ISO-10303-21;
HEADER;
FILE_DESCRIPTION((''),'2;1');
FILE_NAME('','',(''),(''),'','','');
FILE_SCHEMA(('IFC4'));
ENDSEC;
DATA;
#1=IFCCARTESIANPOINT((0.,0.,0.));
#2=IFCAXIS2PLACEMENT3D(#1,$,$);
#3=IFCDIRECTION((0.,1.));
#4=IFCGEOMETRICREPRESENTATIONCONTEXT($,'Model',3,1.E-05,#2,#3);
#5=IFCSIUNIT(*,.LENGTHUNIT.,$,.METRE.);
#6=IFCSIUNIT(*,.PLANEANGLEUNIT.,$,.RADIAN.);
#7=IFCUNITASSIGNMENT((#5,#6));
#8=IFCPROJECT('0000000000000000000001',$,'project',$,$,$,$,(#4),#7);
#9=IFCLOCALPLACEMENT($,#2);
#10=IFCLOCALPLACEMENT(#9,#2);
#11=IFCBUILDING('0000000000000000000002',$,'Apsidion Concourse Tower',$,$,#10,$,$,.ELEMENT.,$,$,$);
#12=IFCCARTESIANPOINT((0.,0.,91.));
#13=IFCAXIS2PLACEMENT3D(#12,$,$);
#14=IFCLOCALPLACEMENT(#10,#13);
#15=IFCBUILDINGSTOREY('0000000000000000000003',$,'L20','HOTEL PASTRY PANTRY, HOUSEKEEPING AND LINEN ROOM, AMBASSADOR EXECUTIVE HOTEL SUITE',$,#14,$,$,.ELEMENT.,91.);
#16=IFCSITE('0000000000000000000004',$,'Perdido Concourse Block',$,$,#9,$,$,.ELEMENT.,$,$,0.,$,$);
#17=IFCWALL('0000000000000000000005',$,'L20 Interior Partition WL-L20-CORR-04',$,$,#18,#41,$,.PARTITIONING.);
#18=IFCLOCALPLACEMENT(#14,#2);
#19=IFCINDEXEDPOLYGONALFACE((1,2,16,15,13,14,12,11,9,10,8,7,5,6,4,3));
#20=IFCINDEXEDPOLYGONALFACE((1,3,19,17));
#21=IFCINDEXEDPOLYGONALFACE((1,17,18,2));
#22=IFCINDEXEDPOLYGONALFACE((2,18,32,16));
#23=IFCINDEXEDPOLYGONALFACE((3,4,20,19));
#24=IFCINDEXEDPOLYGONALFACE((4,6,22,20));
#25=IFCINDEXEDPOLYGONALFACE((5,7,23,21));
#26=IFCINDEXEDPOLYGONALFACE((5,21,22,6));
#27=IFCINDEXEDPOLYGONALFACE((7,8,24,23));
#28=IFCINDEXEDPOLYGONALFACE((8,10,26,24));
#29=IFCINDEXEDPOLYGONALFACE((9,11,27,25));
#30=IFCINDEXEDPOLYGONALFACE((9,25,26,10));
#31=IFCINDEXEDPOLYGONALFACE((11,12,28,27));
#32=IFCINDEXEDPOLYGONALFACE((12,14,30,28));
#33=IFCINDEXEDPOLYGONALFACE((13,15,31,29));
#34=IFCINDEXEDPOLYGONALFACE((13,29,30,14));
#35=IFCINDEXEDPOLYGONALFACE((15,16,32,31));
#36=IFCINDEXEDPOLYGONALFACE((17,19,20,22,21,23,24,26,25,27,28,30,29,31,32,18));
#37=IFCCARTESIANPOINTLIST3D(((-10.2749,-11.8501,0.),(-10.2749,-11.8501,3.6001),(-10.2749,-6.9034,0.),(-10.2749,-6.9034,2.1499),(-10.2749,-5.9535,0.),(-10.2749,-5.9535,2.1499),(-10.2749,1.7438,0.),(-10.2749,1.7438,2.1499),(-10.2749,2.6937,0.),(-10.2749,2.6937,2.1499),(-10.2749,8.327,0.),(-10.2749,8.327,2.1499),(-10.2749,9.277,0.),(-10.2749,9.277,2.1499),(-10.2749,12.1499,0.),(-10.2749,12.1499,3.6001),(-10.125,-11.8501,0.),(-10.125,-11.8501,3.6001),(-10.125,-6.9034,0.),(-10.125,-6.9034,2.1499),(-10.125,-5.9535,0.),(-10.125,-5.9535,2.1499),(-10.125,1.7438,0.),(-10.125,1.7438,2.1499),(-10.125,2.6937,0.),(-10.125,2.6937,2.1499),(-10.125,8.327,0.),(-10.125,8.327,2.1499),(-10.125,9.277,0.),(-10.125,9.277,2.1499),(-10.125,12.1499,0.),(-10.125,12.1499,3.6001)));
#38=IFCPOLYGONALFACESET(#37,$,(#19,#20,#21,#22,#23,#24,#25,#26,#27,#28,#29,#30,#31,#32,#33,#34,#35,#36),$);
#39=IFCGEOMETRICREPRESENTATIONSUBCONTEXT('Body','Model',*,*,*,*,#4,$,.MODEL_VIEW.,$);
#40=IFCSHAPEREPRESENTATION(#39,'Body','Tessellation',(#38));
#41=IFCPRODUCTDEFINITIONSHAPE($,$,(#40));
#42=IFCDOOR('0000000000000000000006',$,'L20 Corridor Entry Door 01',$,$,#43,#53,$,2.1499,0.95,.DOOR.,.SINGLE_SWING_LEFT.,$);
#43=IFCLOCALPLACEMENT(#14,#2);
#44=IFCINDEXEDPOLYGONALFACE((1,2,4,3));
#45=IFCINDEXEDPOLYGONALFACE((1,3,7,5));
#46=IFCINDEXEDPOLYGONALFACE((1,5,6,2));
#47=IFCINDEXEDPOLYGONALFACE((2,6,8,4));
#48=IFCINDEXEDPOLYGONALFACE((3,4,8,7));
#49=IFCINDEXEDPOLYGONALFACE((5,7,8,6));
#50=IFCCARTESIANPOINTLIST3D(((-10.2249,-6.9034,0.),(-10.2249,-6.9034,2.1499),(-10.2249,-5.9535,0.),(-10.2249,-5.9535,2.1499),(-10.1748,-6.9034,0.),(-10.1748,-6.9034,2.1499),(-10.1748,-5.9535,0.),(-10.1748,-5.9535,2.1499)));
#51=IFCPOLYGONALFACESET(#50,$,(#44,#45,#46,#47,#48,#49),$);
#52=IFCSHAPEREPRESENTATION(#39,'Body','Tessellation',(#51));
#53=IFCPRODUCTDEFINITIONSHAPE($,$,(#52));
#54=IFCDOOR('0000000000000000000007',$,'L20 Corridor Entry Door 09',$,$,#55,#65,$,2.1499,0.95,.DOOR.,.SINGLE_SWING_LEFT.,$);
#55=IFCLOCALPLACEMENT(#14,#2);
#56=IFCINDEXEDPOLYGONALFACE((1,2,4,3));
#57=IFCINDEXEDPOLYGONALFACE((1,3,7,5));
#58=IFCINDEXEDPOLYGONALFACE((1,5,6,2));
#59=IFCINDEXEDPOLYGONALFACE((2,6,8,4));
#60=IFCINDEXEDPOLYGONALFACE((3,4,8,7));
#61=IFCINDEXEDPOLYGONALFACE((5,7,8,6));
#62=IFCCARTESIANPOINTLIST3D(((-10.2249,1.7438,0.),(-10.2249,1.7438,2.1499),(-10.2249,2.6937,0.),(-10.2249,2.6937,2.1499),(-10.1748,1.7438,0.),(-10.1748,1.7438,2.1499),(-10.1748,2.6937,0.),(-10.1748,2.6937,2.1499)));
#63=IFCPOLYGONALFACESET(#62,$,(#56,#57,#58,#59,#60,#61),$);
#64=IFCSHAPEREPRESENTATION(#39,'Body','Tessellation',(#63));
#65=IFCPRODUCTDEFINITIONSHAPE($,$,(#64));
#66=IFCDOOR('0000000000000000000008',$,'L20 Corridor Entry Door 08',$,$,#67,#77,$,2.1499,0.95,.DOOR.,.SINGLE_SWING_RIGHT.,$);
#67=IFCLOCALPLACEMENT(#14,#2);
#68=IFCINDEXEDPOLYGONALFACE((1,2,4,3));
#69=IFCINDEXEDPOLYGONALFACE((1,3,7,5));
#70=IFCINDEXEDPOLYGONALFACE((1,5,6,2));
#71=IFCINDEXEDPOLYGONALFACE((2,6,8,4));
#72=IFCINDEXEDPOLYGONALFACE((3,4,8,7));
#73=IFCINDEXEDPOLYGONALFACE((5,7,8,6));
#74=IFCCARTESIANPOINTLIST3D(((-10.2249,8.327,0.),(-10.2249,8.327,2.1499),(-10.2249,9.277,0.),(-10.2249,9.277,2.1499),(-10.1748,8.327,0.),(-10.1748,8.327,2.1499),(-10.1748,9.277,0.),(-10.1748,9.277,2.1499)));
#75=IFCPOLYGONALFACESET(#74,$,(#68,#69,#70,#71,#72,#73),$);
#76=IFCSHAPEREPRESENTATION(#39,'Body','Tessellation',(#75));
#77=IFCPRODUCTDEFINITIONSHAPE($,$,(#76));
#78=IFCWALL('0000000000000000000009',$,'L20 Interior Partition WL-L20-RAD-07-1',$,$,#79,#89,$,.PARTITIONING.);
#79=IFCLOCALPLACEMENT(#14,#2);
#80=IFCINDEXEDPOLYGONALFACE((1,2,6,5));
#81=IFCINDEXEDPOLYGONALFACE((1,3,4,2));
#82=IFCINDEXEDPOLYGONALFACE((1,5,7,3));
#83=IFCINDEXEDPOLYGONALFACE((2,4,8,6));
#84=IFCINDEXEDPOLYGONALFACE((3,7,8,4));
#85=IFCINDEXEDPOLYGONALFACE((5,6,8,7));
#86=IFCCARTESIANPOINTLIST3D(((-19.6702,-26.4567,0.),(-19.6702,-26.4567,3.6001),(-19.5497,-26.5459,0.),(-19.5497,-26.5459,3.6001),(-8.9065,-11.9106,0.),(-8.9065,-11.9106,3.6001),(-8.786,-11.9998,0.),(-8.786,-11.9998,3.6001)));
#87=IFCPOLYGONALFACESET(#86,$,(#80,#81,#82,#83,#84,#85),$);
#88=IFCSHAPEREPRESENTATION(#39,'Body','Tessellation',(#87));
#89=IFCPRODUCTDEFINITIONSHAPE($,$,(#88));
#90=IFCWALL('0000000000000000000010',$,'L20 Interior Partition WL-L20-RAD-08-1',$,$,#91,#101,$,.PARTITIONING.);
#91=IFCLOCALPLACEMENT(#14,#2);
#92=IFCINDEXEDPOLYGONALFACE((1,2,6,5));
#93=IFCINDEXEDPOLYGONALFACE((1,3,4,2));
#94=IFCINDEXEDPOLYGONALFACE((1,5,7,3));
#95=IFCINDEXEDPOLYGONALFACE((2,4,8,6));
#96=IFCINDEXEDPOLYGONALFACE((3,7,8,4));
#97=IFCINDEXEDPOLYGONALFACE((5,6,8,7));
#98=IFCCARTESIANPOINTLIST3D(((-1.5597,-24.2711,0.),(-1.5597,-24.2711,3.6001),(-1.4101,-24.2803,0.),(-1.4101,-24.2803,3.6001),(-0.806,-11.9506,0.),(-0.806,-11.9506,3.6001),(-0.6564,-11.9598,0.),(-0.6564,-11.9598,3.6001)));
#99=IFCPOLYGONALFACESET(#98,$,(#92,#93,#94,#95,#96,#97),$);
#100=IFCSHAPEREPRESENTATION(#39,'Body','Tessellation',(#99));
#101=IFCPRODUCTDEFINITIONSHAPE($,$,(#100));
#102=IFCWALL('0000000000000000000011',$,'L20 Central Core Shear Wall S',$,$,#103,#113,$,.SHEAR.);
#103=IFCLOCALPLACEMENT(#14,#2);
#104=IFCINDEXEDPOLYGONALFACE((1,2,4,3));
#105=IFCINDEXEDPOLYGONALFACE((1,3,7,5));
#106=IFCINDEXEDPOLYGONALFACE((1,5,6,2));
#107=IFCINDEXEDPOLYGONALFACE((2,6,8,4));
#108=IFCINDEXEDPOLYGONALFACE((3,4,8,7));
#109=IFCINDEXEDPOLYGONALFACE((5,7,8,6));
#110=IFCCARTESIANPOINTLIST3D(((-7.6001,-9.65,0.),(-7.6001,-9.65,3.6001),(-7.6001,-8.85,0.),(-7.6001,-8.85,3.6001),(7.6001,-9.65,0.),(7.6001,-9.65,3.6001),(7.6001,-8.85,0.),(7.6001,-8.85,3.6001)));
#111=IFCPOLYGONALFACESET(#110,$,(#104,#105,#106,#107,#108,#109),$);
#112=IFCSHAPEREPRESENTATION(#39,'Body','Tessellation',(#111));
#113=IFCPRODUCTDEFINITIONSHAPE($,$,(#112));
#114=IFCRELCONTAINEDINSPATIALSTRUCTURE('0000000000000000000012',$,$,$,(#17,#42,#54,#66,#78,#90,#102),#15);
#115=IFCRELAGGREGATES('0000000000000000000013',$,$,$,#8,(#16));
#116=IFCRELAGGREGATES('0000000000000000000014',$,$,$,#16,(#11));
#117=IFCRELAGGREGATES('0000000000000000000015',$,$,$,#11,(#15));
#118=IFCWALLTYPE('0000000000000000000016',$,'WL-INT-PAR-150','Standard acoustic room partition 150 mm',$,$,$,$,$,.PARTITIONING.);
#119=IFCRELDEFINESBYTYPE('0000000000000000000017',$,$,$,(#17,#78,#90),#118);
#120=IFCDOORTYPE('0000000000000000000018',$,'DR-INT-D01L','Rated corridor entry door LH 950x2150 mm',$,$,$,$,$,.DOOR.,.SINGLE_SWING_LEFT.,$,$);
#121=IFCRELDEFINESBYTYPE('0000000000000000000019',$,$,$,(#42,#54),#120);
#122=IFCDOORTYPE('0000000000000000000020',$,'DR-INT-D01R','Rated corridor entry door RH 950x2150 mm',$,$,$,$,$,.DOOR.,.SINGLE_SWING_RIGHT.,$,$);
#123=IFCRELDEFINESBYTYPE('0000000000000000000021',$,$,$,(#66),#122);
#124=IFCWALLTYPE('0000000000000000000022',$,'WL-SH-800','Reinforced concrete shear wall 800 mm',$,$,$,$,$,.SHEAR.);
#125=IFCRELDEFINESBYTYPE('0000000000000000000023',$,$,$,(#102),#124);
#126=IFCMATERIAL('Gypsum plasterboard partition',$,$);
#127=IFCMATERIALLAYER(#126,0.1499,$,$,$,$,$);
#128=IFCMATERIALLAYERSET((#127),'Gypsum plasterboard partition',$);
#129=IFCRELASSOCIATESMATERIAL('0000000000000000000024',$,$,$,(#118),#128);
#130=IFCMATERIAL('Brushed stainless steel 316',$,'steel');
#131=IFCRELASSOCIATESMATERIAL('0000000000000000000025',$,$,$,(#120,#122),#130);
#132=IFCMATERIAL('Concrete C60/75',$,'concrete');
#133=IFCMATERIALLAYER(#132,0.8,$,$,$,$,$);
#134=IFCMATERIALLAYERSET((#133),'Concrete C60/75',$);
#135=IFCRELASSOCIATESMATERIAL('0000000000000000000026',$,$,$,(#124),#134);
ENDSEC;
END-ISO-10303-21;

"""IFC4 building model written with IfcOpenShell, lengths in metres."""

from ifc_helpers import new_model, si_unit, direction, frame, frame_2d, origin, place, context, subcontext, project, spatial, rectangle, extrude, material, layer, layer_set, type_object, element, fill, save


model = new_model("IFC4")

# Units and contexts
model_context = context("Model", 3, precision=1e-05, world=origin(), true_north=direction((0.0, 1.0)))
body_context = subcontext(model_context, "Body", "Model", "MODEL_VIEW")
ifc_project = project(units=[si_unit("LENGTHUNIT", "METRE"), si_unit("PLANEANGLEUNIT", "RADIAN")], contexts=[model_context])

# Site, building, storey
site_placement = place(None, origin())
site = spatial("IfcSite", under=ifc_project, at=site_placement, Name="Perdido Concourse Block", CompositionType="ELEMENT", RefElevation=0.0)
building_placement = place(site_placement, origin())
building = spatial("IfcBuilding", under=site, at=building_placement, Name="Apsidion Concourse Tower", CompositionType="ELEMENT")
storey_placement = place(building_placement, frame((0.0, 0.0, 91.0)))
storey = spatial("IfcBuildingStorey", under=building, at=storey_placement, Name="L20", Description="HOTEL PASTRY PANTRY, HOUSEKEEPING AND LINEN ROOM, AMBASSADOR EXECUTIVE HOTEL SUITE", CompositionType="ELEMENT", Elevation=91.0)

# Shared definitions
ifc_material_1 = material(Name="Concrete C60/75", Category="concrete")

# Shared definitions
ifc_material_2 = material(Name="Gypsum plasterboard partition")
ifc_layer_1 = layer(ifc_material_2, 0.1499)
ifc_layer_set_1 = layer_set([ifc_layer_1], Name="Gypsum plasterboard partition")
wall_type_1 = type_object("IfcWallType", Name="WL-INT-PAR-150", Description="Standard acoustic room partition 150 mm", PredefinedType="PARTITIONING", material=ifc_layer_set_1)

# Wall, openings, doors
wall_1_placement = place(storey_placement, frame((-10.2, -11.8501, 0.0), z_axis=(0.0, 0.0, 1.0), x_axis=(0.0, 1.0, 0.0)))
wall_1 = element("IfcWall", 1, at=wall_1_placement, inside=storey, type_object=wall_type_1, Name="L20 Interior Partition WL-L20-CORR-04", PredefinedType="PARTITIONING", context=body_context, shape_type="SweptSolid", body=[
    extrude(rectangle(XDim=24.0, YDim=0.1499, at=frame_2d((12.0, 0.0))), origin(), (0.0, 0.0, 1.0), 3.6001),
])
opening_1_placement = place(wall_1_placement, frame((4.9465, 0.0, 0.0)))
opening_1 = element("IfcOpeningElement", 2, at=opening_1_placement, cuts=wall_1, PredefinedType="OPENING", context=body_context, shape_type="SweptSolid", body=[
    extrude(rectangle(XDim=0.95, YDim=2.1499, at=frame_2d((0.4751, 1.075))), frame((0.0, 0.085, 0.0), z_axis=(0.0, -1.0, 0.0), x_axis=(1.0, 0.0, 0.0)), (0.0, 0.0, 1.0), 0.1699),
])
opening_2_placement = place(wall_1_placement, frame((20.177, 0.0, 0.0)))
opening_2 = element("IfcOpeningElement", 3, at=opening_2_placement, cuts=wall_1, PredefinedType="OPENING", context=body_context, shape_type="SweptSolid", body=[
    extrude(rectangle(XDim=0.95, YDim=2.1499, at=frame_2d((0.4751, 1.075))), frame((0.0, 0.085, 0.0), z_axis=(0.0, -1.0, 0.0), x_axis=(1.0, 0.0, 0.0)), (0.0, 0.0, 1.0), 0.1699),
])
opening_3_placement = place(wall_1_placement, frame((13.5938, 0.0, 0.0)))
opening_3 = element("IfcOpeningElement", 4, at=opening_3_placement, cuts=wall_1, PredefinedType="OPENING", context=body_context, shape_type="SweptSolid", body=[
    extrude(rectangle(XDim=0.95, YDim=2.1499, at=frame_2d((0.4751, 1.075))), frame((0.0, 0.085, 0.0), z_axis=(0.0, -1.0, 0.0), x_axis=(1.0, 0.0, 0.0)), (0.0, 0.0, 1.0), 0.1699),
])
ifc_material_3 = material(Name="Brushed stainless steel 316", Category="steel")
door_type_1 = type_object("IfcDoorType", Name="DR-INT-D01L", Description="Rated corridor entry door LH 950x2150 mm", OperationType="SINGLE_SWING_LEFT", PredefinedType="DOOR", material=ifc_material_3)
door_1_placement = place(opening_1_placement, origin())
door_1 = element("IfcDoor", 5, at=door_1_placement, inside=storey, type_object=door_type_1, Name="L20 Corridor Entry Door 01", OperationType="SINGLE_SWING_LEFT", OverallHeight=2.1499, OverallWidth=0.95, PredefinedType="DOOR", context=body_context, shape_type="SweptSolid", body=[
    extrude(rectangle(XDim=0.95, YDim=2.1499, at=frame_2d((0.4751, 1.075))), frame((0.0, 0.0249, 0.0), z_axis=(0.0, -1.0, 0.0), x_axis=(1.0, 0.0, 0.0)), (0.0, 0.0, 1.0), 0.05),
])
fill(opening_1, door_1)
door_2_placement = place(opening_3_placement, origin())
door_2 = element("IfcDoor", 6, at=door_2_placement, inside=storey, type_object=door_type_1, Name="L20 Corridor Entry Door 09", OperationType="SINGLE_SWING_LEFT", OverallHeight=2.1499, OverallWidth=0.95, PredefinedType="DOOR", context=body_context, shape_type="SweptSolid", body=[
    extrude(rectangle(XDim=0.95, YDim=2.1499, at=frame_2d((0.4751, 1.075))), frame((0.0, 0.0249, 0.0), z_axis=(0.0, -1.0, 0.0), x_axis=(1.0, 0.0, 0.0)), (0.0, 0.0, 1.0), 0.05),
])
fill(opening_3, door_2)
door_type_2 = type_object("IfcDoorType", Name="DR-INT-D01R", Description="Rated corridor entry door RH 950x2150 mm", OperationType="SINGLE_SWING_RIGHT", PredefinedType="DOOR", material=ifc_material_3)
door_3_placement = place(opening_2_placement, origin())
door_3 = element("IfcDoor", 7, at=door_3_placement, inside=storey, type_object=door_type_2, Name="L20 Corridor Entry Door 08", OperationType="SINGLE_SWING_RIGHT", OverallHeight=2.1499, OverallWidth=0.95, PredefinedType="DOOR", context=body_context, shape_type="SweptSolid", body=[
    extrude(rectangle(XDim=0.95, YDim=2.1499, at=frame_2d((0.4751, 1.075))), frame((0.0, 0.0249, 0.0), z_axis=(0.0, -1.0, 0.0), x_axis=(1.0, 0.0, 0.0)), (0.0, 0.0, 1.0), 0.05),
])
fill(opening_2, door_3)

# Walls
wall_2_placement = place(storey_placement, frame((-8.8462, -11.9551, 0.0), z_axis=(0.0, 0.0, 1.0), x_axis=(-0.594826, -0.803854, 0.0)))
element("IfcWall", 8, at=wall_2_placement, inside=storey, type_object=wall_type_1, Name="L20 Interior Partition WL-L20-RAD-07-1", PredefinedType="PARTITIONING", context=body_context, shape_type="SweptSolid", body=[
    extrude(rectangle(XDim=18.0955, YDim=0.1499, at=frame_2d((9.0479, 0.0))), origin(), (0.0, 0.0, 1.0), 3.6001),
])
wall_3_placement = place(storey_placement, frame((-0.7312, -11.9551, 0.0), z_axis=(0.0, 0.0, 1.0), x_axis=(-0.061057, -0.998134, 0.0)))
element("IfcWall", 9, at=wall_3_placement, inside=storey, type_object=wall_type_1, Name="L20 Interior Partition WL-L20-RAD-08-1", PredefinedType="PARTITIONING", context=body_context, shape_type="SweptSolid", body=[
    extrude(rectangle(XDim=12.3435, YDim=0.1499, at=frame_2d((6.1719, 0.0))), origin(), (0.0, 0.0, 1.0), 3.6001),
])

# Shared definitions
ifc_layer_2 = layer(ifc_material_1, 0.8)
ifc_layer_set_2 = layer_set([ifc_layer_2], Name="Concrete C60/75")
wall_type_2 = type_object("IfcWallType", Name="WL-SH-800", Description="Reinforced concrete shear wall 800 mm", PredefinedType="SHEAR", material=ifc_layer_set_2)

# Wall
wall_4_placement = place(storey_placement, frame((-7.6001, -9.25, 0.0), z_axis=(0.0, 0.0, 1.0), x_axis=(1.0, 0.0, 0.0)))
element("IfcWall", 10, at=wall_4_placement, inside=storey, type_object=wall_type_2, Name="L20 Central Core Shear Wall S", PredefinedType="SHEAR", context=body_context, shape_type="SweptSolid", body=[
    extrude(rectangle(XDim=15.2002, YDim=0.8, at=frame_2d((7.6001, 0.0))), origin(), (0.0, 0.0, 1.0), 3.6001),
])

save(model, "model.ifc")
